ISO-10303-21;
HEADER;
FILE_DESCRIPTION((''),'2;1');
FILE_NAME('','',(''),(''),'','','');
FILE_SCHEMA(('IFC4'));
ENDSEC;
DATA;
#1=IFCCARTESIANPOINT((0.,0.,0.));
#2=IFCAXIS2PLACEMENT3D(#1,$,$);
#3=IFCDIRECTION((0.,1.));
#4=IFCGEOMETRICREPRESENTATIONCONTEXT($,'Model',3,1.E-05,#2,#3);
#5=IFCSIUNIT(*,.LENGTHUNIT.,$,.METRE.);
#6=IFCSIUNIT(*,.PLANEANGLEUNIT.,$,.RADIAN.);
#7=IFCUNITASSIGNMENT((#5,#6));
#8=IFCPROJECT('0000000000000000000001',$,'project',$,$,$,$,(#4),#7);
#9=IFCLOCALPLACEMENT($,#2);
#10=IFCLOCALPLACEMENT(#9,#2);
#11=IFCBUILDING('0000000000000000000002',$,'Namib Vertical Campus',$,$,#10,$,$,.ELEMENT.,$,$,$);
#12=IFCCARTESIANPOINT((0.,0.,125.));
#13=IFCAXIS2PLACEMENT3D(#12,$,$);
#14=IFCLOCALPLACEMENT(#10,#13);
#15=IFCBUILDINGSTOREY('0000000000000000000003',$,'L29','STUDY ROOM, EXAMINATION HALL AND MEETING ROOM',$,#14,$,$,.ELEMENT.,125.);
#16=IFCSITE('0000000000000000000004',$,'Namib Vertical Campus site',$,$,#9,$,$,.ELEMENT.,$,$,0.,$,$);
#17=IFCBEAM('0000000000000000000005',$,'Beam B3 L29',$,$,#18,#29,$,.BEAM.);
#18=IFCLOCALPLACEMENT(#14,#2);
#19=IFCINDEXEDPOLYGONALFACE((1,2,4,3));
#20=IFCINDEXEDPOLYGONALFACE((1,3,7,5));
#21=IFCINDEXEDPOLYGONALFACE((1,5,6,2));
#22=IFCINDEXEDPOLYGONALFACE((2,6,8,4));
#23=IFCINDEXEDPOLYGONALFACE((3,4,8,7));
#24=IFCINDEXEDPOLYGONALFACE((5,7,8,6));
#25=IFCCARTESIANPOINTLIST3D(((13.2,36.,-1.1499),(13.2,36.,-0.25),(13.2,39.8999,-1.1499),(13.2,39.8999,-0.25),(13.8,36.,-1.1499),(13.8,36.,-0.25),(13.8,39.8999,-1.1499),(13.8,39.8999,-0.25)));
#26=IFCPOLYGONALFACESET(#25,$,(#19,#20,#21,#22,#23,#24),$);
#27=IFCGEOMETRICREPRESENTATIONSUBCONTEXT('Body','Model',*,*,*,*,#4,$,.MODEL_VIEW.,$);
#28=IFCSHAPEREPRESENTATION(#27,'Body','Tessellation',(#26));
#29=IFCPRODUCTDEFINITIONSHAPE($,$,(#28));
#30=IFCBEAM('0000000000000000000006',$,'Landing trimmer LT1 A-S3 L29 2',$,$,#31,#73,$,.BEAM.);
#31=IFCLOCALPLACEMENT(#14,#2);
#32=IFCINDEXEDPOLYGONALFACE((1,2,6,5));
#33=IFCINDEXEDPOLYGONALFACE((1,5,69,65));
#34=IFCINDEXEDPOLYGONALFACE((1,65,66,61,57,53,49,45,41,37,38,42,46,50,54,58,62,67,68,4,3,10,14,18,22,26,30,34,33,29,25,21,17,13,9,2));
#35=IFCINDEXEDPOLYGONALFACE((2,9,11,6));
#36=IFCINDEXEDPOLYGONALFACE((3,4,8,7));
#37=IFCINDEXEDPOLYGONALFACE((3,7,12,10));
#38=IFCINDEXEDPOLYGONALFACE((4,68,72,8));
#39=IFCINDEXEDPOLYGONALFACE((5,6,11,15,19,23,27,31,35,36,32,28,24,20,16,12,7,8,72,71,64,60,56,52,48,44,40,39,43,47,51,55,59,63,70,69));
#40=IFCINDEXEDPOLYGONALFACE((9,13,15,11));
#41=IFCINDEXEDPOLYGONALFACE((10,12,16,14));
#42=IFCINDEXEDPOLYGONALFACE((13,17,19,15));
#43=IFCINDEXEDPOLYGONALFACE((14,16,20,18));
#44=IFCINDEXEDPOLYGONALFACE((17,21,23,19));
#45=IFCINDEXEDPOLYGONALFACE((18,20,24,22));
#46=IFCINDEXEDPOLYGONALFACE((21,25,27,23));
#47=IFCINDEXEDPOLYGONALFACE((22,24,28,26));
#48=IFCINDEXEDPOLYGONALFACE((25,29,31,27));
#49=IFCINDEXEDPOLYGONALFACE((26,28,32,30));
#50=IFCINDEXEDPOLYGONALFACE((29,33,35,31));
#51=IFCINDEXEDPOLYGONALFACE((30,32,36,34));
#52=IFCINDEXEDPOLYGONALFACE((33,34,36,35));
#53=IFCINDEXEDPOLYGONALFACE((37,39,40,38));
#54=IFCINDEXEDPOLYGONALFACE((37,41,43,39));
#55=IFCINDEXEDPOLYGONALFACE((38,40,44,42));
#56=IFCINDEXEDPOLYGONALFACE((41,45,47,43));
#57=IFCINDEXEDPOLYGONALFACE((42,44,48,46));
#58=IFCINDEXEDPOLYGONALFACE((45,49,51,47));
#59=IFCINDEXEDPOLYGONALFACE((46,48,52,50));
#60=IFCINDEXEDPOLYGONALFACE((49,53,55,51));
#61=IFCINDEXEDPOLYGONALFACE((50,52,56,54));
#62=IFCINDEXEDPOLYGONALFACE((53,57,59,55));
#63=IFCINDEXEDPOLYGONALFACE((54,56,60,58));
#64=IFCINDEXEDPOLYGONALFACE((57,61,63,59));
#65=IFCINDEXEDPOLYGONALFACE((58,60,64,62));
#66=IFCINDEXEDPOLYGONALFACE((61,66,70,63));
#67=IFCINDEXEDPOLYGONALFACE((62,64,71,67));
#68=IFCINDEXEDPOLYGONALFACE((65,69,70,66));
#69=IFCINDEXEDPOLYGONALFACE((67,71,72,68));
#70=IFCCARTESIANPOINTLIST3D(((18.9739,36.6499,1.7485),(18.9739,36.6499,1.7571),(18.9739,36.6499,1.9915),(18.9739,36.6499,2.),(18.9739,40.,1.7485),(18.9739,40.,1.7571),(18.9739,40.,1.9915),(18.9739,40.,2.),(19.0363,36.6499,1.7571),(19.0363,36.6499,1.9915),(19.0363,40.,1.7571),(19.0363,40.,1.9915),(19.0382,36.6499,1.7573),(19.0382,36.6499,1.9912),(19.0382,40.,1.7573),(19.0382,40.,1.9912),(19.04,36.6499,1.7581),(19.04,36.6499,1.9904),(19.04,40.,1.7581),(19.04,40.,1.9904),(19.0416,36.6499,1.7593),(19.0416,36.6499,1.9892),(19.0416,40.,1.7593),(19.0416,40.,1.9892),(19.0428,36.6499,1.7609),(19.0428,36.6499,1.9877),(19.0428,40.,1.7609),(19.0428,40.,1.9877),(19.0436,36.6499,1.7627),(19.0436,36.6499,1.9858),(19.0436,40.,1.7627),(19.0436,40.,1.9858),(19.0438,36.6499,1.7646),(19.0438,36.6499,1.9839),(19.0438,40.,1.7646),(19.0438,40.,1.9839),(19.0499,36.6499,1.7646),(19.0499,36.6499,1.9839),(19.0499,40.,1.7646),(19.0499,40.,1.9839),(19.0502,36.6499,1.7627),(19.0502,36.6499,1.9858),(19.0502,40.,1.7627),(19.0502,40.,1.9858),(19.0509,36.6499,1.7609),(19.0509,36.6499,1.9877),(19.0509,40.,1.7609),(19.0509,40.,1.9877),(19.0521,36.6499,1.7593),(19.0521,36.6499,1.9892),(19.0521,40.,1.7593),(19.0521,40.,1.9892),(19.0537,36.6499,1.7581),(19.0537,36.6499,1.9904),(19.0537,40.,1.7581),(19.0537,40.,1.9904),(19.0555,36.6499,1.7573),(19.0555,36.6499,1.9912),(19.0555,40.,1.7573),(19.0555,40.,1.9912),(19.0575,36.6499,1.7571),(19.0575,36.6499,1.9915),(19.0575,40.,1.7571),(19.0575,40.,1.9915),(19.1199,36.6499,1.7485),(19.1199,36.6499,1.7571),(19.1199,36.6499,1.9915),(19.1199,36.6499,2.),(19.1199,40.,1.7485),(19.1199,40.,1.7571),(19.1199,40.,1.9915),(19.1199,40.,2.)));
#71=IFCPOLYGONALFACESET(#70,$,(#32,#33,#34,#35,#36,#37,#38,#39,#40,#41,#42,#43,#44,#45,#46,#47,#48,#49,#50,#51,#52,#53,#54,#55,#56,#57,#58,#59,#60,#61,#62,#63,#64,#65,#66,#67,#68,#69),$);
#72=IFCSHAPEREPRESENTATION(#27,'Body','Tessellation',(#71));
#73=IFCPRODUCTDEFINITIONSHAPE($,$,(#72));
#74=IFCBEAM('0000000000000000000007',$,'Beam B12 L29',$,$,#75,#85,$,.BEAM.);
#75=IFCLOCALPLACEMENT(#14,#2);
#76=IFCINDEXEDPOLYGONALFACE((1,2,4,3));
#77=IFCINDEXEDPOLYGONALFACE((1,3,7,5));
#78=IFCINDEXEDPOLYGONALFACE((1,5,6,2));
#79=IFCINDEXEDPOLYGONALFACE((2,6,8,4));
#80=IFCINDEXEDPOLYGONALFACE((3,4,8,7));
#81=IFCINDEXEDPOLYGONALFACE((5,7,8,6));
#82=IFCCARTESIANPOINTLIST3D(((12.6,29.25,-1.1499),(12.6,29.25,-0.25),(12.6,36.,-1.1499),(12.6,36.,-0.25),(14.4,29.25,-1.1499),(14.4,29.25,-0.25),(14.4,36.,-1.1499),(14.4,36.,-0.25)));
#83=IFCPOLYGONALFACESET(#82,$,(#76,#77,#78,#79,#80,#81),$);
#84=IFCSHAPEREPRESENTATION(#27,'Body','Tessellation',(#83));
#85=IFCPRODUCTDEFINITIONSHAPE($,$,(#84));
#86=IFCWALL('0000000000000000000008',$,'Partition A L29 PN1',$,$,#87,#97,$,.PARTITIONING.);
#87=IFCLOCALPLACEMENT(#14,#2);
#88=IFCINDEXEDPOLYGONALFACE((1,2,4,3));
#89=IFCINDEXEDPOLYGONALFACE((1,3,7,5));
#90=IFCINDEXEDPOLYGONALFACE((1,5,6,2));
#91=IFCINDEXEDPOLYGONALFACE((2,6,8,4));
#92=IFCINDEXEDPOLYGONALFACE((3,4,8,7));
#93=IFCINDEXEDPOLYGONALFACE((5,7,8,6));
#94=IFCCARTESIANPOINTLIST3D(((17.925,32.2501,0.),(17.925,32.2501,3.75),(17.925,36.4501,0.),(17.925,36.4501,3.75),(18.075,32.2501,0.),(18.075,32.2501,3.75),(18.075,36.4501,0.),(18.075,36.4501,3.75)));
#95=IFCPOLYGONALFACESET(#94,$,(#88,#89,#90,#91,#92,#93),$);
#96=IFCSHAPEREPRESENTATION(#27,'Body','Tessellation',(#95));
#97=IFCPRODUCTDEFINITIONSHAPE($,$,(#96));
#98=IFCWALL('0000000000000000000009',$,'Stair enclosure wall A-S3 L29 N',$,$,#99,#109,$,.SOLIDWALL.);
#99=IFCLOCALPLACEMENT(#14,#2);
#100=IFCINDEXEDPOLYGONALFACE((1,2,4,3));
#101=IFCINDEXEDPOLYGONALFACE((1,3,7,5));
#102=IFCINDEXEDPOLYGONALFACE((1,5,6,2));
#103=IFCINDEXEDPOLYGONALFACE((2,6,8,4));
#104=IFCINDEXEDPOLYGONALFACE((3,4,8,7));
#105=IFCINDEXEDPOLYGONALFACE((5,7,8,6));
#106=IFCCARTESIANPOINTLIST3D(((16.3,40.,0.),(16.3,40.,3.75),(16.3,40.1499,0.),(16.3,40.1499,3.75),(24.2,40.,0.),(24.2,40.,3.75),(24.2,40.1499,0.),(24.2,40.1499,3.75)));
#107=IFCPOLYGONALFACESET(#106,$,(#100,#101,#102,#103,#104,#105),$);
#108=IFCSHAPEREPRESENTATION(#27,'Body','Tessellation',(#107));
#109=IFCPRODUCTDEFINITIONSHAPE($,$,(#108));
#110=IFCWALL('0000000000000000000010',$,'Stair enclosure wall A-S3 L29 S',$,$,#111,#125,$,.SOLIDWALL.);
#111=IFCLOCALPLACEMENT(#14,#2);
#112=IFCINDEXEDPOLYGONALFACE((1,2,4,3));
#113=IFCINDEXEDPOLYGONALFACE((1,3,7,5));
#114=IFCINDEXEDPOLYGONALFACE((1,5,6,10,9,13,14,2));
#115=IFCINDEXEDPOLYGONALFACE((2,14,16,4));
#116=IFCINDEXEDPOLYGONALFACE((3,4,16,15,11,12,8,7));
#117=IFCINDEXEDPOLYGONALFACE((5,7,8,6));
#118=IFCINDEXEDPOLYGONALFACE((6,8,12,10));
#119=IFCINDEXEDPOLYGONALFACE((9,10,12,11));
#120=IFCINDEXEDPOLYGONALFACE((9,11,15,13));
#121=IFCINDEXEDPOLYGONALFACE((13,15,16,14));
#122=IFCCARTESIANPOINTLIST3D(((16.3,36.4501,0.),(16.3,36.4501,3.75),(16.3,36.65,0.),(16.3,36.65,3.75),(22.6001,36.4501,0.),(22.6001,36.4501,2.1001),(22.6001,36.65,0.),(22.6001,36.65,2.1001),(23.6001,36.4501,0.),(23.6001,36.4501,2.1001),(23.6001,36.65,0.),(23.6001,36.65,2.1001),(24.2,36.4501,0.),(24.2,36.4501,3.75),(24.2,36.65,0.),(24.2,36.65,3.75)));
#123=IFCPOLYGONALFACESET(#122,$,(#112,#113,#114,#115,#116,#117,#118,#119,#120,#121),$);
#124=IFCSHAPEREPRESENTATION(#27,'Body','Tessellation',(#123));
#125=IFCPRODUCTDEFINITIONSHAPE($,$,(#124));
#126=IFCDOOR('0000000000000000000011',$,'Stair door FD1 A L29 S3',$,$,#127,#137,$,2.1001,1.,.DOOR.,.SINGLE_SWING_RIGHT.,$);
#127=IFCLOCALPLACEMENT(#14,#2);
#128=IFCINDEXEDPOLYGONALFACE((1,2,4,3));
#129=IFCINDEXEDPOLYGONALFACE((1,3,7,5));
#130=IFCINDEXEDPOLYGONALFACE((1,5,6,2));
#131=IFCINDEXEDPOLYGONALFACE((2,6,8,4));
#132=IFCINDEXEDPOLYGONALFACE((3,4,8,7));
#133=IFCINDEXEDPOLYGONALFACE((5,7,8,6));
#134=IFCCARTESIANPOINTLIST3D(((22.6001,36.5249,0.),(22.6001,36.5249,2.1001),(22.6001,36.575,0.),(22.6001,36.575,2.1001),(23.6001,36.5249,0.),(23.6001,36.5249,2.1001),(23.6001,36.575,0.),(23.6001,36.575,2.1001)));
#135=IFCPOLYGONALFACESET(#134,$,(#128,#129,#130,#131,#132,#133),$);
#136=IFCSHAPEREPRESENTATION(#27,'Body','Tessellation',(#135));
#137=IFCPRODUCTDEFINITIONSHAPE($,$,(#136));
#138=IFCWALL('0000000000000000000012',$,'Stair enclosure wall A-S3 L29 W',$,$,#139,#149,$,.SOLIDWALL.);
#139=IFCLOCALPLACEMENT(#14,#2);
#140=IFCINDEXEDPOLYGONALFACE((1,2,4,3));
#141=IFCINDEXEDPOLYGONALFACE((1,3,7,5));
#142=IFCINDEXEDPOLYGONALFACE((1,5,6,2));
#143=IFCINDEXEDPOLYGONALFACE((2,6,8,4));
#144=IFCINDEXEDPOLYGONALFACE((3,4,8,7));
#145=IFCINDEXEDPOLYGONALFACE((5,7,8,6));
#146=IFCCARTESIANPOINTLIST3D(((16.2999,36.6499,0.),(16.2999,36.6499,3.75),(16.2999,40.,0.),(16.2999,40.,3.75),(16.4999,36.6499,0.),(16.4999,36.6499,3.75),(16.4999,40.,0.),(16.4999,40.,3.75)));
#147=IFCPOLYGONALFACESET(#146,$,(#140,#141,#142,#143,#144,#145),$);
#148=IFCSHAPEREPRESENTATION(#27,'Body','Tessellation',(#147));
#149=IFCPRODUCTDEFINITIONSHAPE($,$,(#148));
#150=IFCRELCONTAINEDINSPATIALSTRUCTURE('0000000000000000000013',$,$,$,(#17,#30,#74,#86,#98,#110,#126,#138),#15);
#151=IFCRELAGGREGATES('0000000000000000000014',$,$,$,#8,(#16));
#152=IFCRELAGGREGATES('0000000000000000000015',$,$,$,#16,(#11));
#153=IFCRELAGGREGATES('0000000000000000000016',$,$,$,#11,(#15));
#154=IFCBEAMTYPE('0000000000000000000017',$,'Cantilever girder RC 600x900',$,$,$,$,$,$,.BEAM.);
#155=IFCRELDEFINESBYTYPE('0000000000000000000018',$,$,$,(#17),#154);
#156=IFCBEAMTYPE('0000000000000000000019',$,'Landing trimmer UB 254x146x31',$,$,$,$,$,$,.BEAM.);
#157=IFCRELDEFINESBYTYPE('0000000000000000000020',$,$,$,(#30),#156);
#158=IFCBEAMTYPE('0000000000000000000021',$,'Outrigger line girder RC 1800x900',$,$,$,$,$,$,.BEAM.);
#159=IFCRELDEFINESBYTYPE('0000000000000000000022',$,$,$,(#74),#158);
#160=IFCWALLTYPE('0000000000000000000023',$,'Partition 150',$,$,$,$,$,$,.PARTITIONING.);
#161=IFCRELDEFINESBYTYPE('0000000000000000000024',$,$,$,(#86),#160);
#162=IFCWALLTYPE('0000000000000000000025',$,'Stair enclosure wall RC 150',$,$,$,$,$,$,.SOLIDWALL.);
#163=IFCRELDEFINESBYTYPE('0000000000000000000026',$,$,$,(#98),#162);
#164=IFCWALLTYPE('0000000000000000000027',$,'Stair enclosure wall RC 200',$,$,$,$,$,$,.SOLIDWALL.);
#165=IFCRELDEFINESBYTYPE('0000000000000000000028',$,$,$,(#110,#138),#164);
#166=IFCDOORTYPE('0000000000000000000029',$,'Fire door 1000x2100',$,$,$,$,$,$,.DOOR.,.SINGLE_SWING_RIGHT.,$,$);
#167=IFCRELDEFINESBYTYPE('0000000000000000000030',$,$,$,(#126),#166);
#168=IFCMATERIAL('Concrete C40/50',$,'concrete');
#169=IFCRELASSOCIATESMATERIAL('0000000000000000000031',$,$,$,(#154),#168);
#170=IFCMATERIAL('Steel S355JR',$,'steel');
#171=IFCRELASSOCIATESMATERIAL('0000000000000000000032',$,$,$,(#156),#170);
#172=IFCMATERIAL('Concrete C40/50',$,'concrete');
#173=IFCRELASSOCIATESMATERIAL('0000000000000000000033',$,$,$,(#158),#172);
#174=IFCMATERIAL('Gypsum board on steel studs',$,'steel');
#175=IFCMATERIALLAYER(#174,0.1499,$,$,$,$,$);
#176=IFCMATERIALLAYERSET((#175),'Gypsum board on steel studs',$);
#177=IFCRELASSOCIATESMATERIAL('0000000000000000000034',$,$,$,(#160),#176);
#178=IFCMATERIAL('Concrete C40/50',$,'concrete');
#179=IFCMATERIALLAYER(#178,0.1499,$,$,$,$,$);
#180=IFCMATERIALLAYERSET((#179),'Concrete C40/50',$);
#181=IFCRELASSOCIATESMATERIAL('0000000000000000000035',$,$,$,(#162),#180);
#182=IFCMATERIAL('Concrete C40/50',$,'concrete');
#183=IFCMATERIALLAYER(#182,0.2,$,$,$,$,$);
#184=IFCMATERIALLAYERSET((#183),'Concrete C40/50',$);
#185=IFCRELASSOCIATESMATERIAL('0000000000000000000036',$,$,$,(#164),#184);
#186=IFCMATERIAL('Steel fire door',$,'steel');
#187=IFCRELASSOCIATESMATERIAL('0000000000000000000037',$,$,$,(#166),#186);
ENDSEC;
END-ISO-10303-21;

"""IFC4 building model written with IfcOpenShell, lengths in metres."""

from ifc_helpers import new_model, si_unit, direction, frame, frame_2d, origin, origin_2d, place, context, subcontext, project, spatial, rectangle, i_section, extrude, material, layer, layer_set, material_profile, profile_set, type_object, element, fill, save


model = new_model("IFC4")

# Units and contexts
model_context = context("Model", 3, precision=1e-05, world=origin(), true_north=direction((0.0, 1.0)))
body_context = subcontext(model_context, "Body", "Model", "MODEL_VIEW")
ifc_project = project(units=[si_unit("LENGTHUNIT", "METRE"), si_unit("PLANEANGLEUNIT", "RADIAN")], contexts=[model_context])

# Site, building, storey
site_placement = place(None, origin())
site = spatial("IfcSite", under=ifc_project, at=site_placement, Name="Namib Vertical Campus site", CompositionType="ELEMENT", RefElevation=0.0)
building_placement = place(site_placement, origin())
building = spatial("IfcBuilding", under=site, at=building_placement, Name="Namib Vertical Campus", CompositionType="ELEMENT")
storey_placement = place(building_placement, frame((0.0, 0.0, 125.0)))
storey = spatial("IfcBuildingStorey", under=building, at=storey_placement, Name="L29", Description="STUDY ROOM, EXAMINATION HALL AND MEETING ROOM", CompositionType="ELEMENT", Elevation=125.0)

# Beams
ifc_material_1 = material(Name="Concrete C40/50", Category="concrete")
ifc_material_profile_1 = material_profile(ifc_material_1, rectangle(XDim=0.6001, YDim=0.8999, at=origin_2d()))
ifc_profile_set_1 = profile_set([ifc_material_profile_1], Name="Concrete C40/50")
beam_type_1 = type_object("IfcBeamType", Name="Cantilever girder RC 600x900", PredefinedType="BEAM", material=ifc_profile_set_1)
beam_1_placement = place(storey_placement, frame((13.5, 36.0, -0.7), z_axis=(0.0, 1.0, 0.0), x_axis=(-1.0, 0.0, 0.0)))
element("IfcBeam", 1, at=beam_1_placement, inside=storey, type_object=beam_type_1, Name="Beam B3 L29", PredefinedType="BEAM", context=body_context, shape_type="SweptSolid", body=[
    extrude(rectangle(XDim=0.6001, YDim=0.8999, at=origin_2d()), origin(), (0.0, 0.0, 1.0), 3.8999),
])
ifc_material_2 = material(Name="Steel S355JR", Category="steel")
ifc_material_profile_2 = material_profile(ifc_material_2, i_section(OverallWidth=0.146, OverallDepth=0.2515, WebThickness=0.0061, FlangeThickness=0.0085, FilletRadius=0.0076, at=origin_2d()))
ifc_profile_set_2 = profile_set([ifc_material_profile_2], Name="Steel S355JR")
beam_type_2 = type_object("IfcBeamType", Name="Landing trimmer UB 254x146x31", PredefinedType="BEAM", material=ifc_profile_set_2)
beam_2_placement = place(storey_placement, frame((19.0469, 36.6499, 1.8743), z_axis=(0.0, 1.0, 0.0), x_axis=(-1.0, 0.0, 0.0)))
element("IfcBeam", 2, at=beam_2_placement, inside=storey, type_object=beam_type_2, Name="Landing trimmer LT1 A-S3 L29 2", PredefinedType="BEAM", context=body_context, shape_type="SweptSolid", body=[
    extrude(i_section(OverallWidth=0.146, OverallDepth=0.2515, WebThickness=0.0061, FlangeThickness=0.0085, FilletRadius=0.0076, at=origin_2d()), origin(), (0.0, 0.0, 1.0), 3.3501),
])
ifc_material_3 = material(Name="Concrete C40/50", Category="concrete")
ifc_material_profile_3 = material_profile(ifc_material_3, rectangle(XDim=1.8, YDim=0.8999, at=origin_2d()))
ifc_profile_set_3 = profile_set([ifc_material_profile_3], Name="Concrete C40/50")
beam_type_3 = type_object("IfcBeamType", Name="Outrigger line girder RC 1800x900", PredefinedType="BEAM", material=ifc_profile_set_3)
beam_3_placement = place(storey_placement, frame((13.5, 36.0, -0.7), z_axis=(0.0, -1.0, 0.0), x_axis=(1.0, 0.0, 0.0)))
element("IfcBeam", 3, at=beam_3_placement, inside=storey, type_object=beam_type_3, Name="Beam B12 L29", PredefinedType="BEAM", context=body_context, shape_type="SweptSolid", body=[
    extrude(rectangle(XDim=1.8, YDim=0.8999, at=origin_2d()), origin(), (0.0, 0.0, 1.0), 6.75),
])

# Walls
ifc_material_4 = material(Name="Gypsum board on steel studs", Category="steel")
ifc_layer_1 = layer(ifc_material_4, 0.1499)
ifc_layer_set_1 = layer_set([ifc_layer_1], Name="Gypsum board on steel studs")
wall_type_1 = type_object("IfcWallType", Name="Partition 150", PredefinedType="PARTITIONING", material=ifc_layer_set_1)
wall_1_placement = place(storey_placement, frame((18.0, 32.25, 0.0), z_axis=(0.0, 0.0, 1.0), x_axis=(0.0, 1.0, 0.0)))
element("IfcWall", 4, at=wall_1_placement, inside=storey, type_object=wall_type_1, Name="Partition A L29 PN1", PredefinedType="PARTITIONING", context=body_context, shape_type="SweptSolid", body=[
    extrude(rectangle(XDim=4.2, YDim=0.1499, at=frame_2d((2.1001, 0.0))), origin(), (0.0, 0.0, 1.0), 3.75),
])
ifc_material_5 = material(Name="Concrete C40/50", Category="concrete")
ifc_layer_2 = layer(ifc_material_5, 0.1499)
ifc_layer_set_2 = layer_set([ifc_layer_2], Name="Concrete C40/50")
wall_type_2 = type_object("IfcWallType", Name="Stair enclosure wall RC 150", PredefinedType="SOLIDWALL", material=ifc_layer_set_2)
wall_2_placement = place(storey_placement, frame((16.3, 40.075, 0.0), z_axis=(0.0, 0.0, 1.0), x_axis=(1.0, 0.0, 0.0)))
element("IfcWall", 5, at=wall_2_placement, inside=storey, type_object=wall_type_2, Name="Stair enclosure wall A-S3 L29 N", PredefinedType="SOLIDWALL", context=body_context, shape_type="SweptSolid", body=[
    extrude(rectangle(XDim=7.8999, YDim=0.1499, at=frame_2d((3.95, 0.0))), origin(), (0.0, 0.0, 1.0), 3.75),
])

# Wall, opening, door
ifc_material_6 = material(Name="Concrete C40/50", Category="concrete")
ifc_layer_3 = layer(ifc_material_6, 0.2)
ifc_layer_set_3 = layer_set([ifc_layer_3], Name="Concrete C40/50")
wall_type_3 = type_object("IfcWallType", Name="Stair enclosure wall RC 200", PredefinedType="SOLIDWALL", material=ifc_layer_set_3)
wall_3_placement = place(storey_placement, frame((16.3, 36.55, 0.0), z_axis=(0.0, 0.0, 1.0), x_axis=(1.0, 0.0, 0.0)))
wall_3 = element("IfcWall", 6, at=wall_3_placement, inside=storey, type_object=wall_type_3, Name="Stair enclosure wall A-S3 L29 S", PredefinedType="SOLIDWALL", context=body_context, shape_type="SweptSolid", body=[
    extrude(rectangle(XDim=7.8999, YDim=0.2, at=frame_2d((3.95, 0.0))), origin(), (0.0, 0.0, 1.0), 3.75),
])
opening_placement = place(wall_3_placement, frame((6.3, 0.0, 0.0)))
opening = element("IfcOpeningElement", 7, at=opening_placement, cuts=wall_3, PredefinedType="OPENING", context=body_context, shape_type="SweptSolid", body=[
    extrude(rectangle(XDim=1.0, YDim=2.1001, at=frame_2d((0.5, 1.05))), frame((0.0, 0.1099, 0.0), z_axis=(0.0, -1.0, 0.0), x_axis=(1.0, 0.0, 0.0)), (0.0, 0.0, 1.0), 0.22),
])
ifc_material_7 = material(Name="Steel fire door", Category="steel")
door_type = type_object("IfcDoorType", Name="Fire door 1000x2100", OperationType="SINGLE_SWING_RIGHT", PredefinedType="DOOR", material=ifc_material_7)
door_placement = place(opening_placement, origin())
door = element("IfcDoor", 8, at=door_placement, inside=storey, type_object=door_type, Name="Stair door FD1 A L29 S3", OperationType="SINGLE_SWING_RIGHT", OverallHeight=2.1001, OverallWidth=1.0, PredefinedType="DOOR", context=body_context, shape_type="SweptSolid", body=[
    extrude(rectangle(XDim=1.0, YDim=2.1001, at=frame_2d((0.5, 1.05))), frame((0.0, 0.0249, 0.0), z_axis=(0.0, -1.0, 0.0), x_axis=(1.0, 0.0, 0.0)), (0.0, 0.0, 1.0), 0.05),
])
fill(opening, door)

# Wall
wall_4_placement = place(storey_placement, frame((16.3999, 36.6499, 0.0), z_axis=(0.0, 0.0, 1.0), x_axis=(0.0, 1.0, 0.0)))
element("IfcWall", 9, at=wall_4_placement, inside=storey, type_object=wall_type_3, Name="Stair enclosure wall A-S3 L29 W", PredefinedType="SOLIDWALL", context=body_context, shape_type="SweptSolid", body=[
    extrude(rectangle(XDim=3.3501, YDim=0.2, at=frame_2d((1.675, 0.0))), origin(), (0.0, 0.0, 1.0), 3.75),
])

save(model, "model.ifc")
